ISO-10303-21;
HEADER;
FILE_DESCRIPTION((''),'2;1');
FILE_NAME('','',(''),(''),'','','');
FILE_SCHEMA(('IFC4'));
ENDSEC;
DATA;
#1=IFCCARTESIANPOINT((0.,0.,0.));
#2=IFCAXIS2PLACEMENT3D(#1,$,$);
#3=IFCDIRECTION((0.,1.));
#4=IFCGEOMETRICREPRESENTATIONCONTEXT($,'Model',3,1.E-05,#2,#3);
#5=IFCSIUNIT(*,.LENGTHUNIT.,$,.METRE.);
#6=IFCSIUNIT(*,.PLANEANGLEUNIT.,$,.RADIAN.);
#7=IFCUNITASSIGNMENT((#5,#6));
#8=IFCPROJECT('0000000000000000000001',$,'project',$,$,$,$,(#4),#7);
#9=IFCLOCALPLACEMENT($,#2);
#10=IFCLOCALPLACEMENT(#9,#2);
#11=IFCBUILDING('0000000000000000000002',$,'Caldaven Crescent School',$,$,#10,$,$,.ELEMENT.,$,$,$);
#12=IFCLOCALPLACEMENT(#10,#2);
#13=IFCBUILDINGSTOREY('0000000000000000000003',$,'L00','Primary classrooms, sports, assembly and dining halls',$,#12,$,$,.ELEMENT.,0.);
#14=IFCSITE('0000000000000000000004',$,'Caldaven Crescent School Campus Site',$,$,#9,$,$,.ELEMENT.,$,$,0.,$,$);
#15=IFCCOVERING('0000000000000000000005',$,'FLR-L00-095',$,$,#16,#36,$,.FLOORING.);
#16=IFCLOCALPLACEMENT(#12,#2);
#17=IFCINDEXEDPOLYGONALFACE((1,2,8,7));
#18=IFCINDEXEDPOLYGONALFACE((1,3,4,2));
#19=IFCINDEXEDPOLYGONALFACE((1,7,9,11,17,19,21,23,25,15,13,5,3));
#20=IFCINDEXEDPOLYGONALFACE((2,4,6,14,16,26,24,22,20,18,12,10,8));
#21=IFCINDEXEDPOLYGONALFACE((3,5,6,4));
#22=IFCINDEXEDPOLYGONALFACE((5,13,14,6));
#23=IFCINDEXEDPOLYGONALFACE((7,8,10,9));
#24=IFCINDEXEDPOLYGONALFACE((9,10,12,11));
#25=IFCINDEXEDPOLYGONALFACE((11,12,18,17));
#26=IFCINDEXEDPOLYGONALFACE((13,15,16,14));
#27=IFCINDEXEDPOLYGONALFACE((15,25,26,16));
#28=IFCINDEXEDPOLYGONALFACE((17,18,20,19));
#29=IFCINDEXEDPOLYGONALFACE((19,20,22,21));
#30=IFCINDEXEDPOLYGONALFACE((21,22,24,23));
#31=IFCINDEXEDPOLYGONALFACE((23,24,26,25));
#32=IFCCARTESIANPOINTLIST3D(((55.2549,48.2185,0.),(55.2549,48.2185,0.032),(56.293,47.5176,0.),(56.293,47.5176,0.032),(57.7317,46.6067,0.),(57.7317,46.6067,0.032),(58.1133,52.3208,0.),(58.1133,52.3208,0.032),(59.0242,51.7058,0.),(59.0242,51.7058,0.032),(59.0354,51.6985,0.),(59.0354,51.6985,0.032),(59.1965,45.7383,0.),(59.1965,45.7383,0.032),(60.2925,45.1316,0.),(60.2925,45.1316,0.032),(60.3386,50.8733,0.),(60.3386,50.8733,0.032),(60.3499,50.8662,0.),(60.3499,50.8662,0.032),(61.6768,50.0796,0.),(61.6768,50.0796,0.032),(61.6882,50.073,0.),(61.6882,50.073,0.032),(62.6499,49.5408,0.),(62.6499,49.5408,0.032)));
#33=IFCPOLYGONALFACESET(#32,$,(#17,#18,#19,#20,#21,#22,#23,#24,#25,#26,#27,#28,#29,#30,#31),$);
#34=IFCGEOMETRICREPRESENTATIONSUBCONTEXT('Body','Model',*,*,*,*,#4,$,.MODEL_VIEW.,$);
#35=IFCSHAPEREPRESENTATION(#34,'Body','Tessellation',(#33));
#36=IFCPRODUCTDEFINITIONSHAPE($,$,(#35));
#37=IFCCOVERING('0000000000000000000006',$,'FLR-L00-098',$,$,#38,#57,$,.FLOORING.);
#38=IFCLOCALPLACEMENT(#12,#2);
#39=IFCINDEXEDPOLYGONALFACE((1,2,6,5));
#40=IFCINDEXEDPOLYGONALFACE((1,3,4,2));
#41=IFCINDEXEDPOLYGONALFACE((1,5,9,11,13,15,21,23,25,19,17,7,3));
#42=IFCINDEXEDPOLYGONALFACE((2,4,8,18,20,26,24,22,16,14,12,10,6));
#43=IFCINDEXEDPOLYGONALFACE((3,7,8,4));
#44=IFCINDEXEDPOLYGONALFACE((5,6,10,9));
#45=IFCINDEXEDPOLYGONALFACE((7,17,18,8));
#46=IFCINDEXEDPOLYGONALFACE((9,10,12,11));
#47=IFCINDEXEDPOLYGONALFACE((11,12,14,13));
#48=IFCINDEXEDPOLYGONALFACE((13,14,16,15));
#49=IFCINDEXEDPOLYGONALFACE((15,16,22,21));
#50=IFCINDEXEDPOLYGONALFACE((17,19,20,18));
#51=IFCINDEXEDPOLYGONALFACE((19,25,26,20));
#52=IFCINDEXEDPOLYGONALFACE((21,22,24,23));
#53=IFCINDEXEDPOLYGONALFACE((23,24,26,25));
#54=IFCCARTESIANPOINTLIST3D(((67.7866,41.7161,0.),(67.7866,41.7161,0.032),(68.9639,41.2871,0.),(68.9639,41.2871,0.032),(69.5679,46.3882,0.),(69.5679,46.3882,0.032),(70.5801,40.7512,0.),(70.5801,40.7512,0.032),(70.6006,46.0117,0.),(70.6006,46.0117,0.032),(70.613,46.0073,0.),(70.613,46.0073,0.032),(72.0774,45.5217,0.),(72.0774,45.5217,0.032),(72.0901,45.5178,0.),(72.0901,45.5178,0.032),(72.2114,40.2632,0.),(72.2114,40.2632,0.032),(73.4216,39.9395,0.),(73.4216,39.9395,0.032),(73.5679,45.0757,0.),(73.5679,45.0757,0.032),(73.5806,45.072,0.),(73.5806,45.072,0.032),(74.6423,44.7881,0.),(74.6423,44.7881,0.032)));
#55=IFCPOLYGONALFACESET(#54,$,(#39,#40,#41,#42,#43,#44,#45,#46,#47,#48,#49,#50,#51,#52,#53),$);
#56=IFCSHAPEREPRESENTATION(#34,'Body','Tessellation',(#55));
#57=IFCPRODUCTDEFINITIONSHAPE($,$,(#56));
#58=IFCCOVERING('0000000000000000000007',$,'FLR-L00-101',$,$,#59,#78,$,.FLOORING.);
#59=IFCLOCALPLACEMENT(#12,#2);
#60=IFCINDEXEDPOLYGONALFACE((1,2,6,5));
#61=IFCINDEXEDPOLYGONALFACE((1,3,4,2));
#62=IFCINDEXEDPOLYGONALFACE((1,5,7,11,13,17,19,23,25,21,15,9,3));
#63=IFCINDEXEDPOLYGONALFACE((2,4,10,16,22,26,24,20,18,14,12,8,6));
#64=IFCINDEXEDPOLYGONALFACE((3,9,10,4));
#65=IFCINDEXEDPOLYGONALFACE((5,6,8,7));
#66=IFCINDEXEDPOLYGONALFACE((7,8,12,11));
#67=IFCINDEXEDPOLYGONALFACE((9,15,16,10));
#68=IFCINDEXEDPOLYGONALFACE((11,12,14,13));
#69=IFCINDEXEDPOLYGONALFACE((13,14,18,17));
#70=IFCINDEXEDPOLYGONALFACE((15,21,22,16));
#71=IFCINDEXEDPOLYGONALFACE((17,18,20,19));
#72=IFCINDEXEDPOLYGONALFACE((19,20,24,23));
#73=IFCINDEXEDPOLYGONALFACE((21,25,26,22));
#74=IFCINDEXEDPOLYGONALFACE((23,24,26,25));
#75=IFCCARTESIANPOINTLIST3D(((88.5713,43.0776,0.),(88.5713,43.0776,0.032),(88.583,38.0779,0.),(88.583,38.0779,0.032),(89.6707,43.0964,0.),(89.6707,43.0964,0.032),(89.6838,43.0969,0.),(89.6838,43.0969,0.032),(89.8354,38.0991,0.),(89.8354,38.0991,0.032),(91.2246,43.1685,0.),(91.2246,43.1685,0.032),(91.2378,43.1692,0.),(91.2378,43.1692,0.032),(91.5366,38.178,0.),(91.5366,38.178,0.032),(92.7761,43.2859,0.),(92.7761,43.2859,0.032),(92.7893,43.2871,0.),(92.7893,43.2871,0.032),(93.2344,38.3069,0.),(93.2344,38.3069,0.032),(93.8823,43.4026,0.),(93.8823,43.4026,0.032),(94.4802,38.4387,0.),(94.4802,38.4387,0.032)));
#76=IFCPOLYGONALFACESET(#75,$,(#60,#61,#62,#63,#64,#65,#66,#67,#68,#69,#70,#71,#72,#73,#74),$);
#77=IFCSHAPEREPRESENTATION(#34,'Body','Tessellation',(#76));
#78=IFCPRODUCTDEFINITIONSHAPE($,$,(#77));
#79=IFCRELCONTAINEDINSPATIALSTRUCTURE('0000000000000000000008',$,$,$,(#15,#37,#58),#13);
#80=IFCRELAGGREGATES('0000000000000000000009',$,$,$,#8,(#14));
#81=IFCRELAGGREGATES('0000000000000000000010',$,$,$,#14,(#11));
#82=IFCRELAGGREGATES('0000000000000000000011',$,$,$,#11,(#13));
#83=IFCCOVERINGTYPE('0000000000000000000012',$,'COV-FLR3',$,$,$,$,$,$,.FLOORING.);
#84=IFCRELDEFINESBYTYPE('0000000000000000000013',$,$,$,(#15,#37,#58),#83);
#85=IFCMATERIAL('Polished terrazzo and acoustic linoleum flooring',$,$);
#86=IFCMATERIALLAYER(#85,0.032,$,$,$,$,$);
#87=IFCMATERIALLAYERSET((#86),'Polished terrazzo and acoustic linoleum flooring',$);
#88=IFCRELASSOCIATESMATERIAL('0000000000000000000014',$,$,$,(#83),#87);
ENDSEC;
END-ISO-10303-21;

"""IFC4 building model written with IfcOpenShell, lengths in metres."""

from ifc_helpers import new_model, si_unit, direction, origin, place, context, subcontext, project, spatial, polyline, outline, extrude, material, layer, layer_set, type_object, element, save


model = new_model("IFC4")

# Units and contexts
model_context = context("Model", 3, precision=1e-05, world=origin(), true_north=direction((0.0, 1.0)))
body_context = subcontext(model_context, "Body", "Model", "MODEL_VIEW")
ifc_project = project(units=[si_unit("LENGTHUNIT", "METRE"), si_unit("PLANEANGLEUNIT", "RADIAN")], contexts=[model_context])

# Site, building, storey
site_placement = place(None, origin())
site = spatial("IfcSite", under=ifc_project, at=site_placement, Name="Caldaven Crescent School Campus Site", CompositionType="ELEMENT", RefElevation=0.0)
building_placement = place(site_placement, origin())
building = spatial("IfcBuilding", under=site, at=building_placement, Name="Caldaven Crescent School", CompositionType="ELEMENT")
storey_placement = place(building_placement, origin())
storey = spatial("IfcBuildingStorey", under=building, at=storey_placement, Name="L00", Description="Primary classrooms, sports, assembly and dining halls", CompositionType="ELEMENT", Elevation=0.0)

# Coverings
ifc_material_1 = material(Name="Polished terrazzo and acoustic linoleum flooring")
ifc_layer_1 = layer(ifc_material_1, 0.032)
ifc_layer_set_1 = layer_set([ifc_layer_1], Name="Polished terrazzo and acoustic linoleum flooring")
covering_type_1 = type_object("IfcCoveringType", Name="COV-FLR3", PredefinedType="FLOORING", material=ifc_layer_set_1)
covering_1_placement = place(storey_placement, origin())
element("IfcCovering", 1, at=covering_1_placement, inside=storey, type_object=covering_type_1, Name="FLR-L00-095", PredefinedType="FLOORING", context=body_context, shape_type="SweptSolid", body=[
    extrude(outline(polyline([(58.1133, 52.3208), (59.0242, 51.7058), (59.0354, 51.6985), (60.3386, 50.8733), (60.3499, 50.8662), (61.6768, 50.0796), (61.6882, 50.073), (62.6499, 49.5408), (60.2925, 45.1316), (59.1965, 45.7383), (57.7317, 46.6067), (56.293, 47.5176), (55.2549, 48.2185), (58.1133, 52.3208)])), origin(), (0.0, 0.0, 1.0), 0.032),
])
covering_2_placement = place(storey_placement, origin())
element("IfcCovering", 2, at=covering_2_placement, inside=storey, type_object=covering_type_1, Name="FLR-L00-098", PredefinedType="FLOORING", context=body_context, shape_type="SweptSolid", body=[
    extrude(outline(polyline([(69.5679, 46.3882), (70.6006, 46.0117), (70.613, 46.0073), (72.0774, 45.5217), (72.0901, 45.5178), (73.5679, 45.0757), (73.5806, 45.072), (74.6423, 44.7881), (73.4216, 39.9395), (72.2114, 40.2632), (70.5801, 40.7512), (68.9639, 41.2871), (67.7866, 41.7161), (69.5679, 46.3882)])), origin(), (0.0, 0.0, 1.0), 0.032),
])
covering_3_placement = place(storey_placement, origin())
element("IfcCovering", 3, at=covering_3_placement, inside=storey, type_object=covering_type_1, Name="FLR-L00-101", PredefinedType="FLOORING", context=body_context, shape_type="SweptSolid", body=[
    extrude(outline(polyline([(88.5713, 43.0776), (89.6707, 43.0964), (89.6838, 43.0969), (91.2246, 43.1685), (91.2378, 43.1692), (92.7761, 43.2859), (92.7893, 43.2871), (93.8823, 43.4026), (94.4802, 38.4387), (93.2344, 38.3069), (91.5366, 38.178), (89.8354, 38.0991), (88.583, 38.0779), (88.5713, 43.0776)])), origin(), (0.0, 0.0, 1.0), 0.032),
])

save(model, "model.ifc")
